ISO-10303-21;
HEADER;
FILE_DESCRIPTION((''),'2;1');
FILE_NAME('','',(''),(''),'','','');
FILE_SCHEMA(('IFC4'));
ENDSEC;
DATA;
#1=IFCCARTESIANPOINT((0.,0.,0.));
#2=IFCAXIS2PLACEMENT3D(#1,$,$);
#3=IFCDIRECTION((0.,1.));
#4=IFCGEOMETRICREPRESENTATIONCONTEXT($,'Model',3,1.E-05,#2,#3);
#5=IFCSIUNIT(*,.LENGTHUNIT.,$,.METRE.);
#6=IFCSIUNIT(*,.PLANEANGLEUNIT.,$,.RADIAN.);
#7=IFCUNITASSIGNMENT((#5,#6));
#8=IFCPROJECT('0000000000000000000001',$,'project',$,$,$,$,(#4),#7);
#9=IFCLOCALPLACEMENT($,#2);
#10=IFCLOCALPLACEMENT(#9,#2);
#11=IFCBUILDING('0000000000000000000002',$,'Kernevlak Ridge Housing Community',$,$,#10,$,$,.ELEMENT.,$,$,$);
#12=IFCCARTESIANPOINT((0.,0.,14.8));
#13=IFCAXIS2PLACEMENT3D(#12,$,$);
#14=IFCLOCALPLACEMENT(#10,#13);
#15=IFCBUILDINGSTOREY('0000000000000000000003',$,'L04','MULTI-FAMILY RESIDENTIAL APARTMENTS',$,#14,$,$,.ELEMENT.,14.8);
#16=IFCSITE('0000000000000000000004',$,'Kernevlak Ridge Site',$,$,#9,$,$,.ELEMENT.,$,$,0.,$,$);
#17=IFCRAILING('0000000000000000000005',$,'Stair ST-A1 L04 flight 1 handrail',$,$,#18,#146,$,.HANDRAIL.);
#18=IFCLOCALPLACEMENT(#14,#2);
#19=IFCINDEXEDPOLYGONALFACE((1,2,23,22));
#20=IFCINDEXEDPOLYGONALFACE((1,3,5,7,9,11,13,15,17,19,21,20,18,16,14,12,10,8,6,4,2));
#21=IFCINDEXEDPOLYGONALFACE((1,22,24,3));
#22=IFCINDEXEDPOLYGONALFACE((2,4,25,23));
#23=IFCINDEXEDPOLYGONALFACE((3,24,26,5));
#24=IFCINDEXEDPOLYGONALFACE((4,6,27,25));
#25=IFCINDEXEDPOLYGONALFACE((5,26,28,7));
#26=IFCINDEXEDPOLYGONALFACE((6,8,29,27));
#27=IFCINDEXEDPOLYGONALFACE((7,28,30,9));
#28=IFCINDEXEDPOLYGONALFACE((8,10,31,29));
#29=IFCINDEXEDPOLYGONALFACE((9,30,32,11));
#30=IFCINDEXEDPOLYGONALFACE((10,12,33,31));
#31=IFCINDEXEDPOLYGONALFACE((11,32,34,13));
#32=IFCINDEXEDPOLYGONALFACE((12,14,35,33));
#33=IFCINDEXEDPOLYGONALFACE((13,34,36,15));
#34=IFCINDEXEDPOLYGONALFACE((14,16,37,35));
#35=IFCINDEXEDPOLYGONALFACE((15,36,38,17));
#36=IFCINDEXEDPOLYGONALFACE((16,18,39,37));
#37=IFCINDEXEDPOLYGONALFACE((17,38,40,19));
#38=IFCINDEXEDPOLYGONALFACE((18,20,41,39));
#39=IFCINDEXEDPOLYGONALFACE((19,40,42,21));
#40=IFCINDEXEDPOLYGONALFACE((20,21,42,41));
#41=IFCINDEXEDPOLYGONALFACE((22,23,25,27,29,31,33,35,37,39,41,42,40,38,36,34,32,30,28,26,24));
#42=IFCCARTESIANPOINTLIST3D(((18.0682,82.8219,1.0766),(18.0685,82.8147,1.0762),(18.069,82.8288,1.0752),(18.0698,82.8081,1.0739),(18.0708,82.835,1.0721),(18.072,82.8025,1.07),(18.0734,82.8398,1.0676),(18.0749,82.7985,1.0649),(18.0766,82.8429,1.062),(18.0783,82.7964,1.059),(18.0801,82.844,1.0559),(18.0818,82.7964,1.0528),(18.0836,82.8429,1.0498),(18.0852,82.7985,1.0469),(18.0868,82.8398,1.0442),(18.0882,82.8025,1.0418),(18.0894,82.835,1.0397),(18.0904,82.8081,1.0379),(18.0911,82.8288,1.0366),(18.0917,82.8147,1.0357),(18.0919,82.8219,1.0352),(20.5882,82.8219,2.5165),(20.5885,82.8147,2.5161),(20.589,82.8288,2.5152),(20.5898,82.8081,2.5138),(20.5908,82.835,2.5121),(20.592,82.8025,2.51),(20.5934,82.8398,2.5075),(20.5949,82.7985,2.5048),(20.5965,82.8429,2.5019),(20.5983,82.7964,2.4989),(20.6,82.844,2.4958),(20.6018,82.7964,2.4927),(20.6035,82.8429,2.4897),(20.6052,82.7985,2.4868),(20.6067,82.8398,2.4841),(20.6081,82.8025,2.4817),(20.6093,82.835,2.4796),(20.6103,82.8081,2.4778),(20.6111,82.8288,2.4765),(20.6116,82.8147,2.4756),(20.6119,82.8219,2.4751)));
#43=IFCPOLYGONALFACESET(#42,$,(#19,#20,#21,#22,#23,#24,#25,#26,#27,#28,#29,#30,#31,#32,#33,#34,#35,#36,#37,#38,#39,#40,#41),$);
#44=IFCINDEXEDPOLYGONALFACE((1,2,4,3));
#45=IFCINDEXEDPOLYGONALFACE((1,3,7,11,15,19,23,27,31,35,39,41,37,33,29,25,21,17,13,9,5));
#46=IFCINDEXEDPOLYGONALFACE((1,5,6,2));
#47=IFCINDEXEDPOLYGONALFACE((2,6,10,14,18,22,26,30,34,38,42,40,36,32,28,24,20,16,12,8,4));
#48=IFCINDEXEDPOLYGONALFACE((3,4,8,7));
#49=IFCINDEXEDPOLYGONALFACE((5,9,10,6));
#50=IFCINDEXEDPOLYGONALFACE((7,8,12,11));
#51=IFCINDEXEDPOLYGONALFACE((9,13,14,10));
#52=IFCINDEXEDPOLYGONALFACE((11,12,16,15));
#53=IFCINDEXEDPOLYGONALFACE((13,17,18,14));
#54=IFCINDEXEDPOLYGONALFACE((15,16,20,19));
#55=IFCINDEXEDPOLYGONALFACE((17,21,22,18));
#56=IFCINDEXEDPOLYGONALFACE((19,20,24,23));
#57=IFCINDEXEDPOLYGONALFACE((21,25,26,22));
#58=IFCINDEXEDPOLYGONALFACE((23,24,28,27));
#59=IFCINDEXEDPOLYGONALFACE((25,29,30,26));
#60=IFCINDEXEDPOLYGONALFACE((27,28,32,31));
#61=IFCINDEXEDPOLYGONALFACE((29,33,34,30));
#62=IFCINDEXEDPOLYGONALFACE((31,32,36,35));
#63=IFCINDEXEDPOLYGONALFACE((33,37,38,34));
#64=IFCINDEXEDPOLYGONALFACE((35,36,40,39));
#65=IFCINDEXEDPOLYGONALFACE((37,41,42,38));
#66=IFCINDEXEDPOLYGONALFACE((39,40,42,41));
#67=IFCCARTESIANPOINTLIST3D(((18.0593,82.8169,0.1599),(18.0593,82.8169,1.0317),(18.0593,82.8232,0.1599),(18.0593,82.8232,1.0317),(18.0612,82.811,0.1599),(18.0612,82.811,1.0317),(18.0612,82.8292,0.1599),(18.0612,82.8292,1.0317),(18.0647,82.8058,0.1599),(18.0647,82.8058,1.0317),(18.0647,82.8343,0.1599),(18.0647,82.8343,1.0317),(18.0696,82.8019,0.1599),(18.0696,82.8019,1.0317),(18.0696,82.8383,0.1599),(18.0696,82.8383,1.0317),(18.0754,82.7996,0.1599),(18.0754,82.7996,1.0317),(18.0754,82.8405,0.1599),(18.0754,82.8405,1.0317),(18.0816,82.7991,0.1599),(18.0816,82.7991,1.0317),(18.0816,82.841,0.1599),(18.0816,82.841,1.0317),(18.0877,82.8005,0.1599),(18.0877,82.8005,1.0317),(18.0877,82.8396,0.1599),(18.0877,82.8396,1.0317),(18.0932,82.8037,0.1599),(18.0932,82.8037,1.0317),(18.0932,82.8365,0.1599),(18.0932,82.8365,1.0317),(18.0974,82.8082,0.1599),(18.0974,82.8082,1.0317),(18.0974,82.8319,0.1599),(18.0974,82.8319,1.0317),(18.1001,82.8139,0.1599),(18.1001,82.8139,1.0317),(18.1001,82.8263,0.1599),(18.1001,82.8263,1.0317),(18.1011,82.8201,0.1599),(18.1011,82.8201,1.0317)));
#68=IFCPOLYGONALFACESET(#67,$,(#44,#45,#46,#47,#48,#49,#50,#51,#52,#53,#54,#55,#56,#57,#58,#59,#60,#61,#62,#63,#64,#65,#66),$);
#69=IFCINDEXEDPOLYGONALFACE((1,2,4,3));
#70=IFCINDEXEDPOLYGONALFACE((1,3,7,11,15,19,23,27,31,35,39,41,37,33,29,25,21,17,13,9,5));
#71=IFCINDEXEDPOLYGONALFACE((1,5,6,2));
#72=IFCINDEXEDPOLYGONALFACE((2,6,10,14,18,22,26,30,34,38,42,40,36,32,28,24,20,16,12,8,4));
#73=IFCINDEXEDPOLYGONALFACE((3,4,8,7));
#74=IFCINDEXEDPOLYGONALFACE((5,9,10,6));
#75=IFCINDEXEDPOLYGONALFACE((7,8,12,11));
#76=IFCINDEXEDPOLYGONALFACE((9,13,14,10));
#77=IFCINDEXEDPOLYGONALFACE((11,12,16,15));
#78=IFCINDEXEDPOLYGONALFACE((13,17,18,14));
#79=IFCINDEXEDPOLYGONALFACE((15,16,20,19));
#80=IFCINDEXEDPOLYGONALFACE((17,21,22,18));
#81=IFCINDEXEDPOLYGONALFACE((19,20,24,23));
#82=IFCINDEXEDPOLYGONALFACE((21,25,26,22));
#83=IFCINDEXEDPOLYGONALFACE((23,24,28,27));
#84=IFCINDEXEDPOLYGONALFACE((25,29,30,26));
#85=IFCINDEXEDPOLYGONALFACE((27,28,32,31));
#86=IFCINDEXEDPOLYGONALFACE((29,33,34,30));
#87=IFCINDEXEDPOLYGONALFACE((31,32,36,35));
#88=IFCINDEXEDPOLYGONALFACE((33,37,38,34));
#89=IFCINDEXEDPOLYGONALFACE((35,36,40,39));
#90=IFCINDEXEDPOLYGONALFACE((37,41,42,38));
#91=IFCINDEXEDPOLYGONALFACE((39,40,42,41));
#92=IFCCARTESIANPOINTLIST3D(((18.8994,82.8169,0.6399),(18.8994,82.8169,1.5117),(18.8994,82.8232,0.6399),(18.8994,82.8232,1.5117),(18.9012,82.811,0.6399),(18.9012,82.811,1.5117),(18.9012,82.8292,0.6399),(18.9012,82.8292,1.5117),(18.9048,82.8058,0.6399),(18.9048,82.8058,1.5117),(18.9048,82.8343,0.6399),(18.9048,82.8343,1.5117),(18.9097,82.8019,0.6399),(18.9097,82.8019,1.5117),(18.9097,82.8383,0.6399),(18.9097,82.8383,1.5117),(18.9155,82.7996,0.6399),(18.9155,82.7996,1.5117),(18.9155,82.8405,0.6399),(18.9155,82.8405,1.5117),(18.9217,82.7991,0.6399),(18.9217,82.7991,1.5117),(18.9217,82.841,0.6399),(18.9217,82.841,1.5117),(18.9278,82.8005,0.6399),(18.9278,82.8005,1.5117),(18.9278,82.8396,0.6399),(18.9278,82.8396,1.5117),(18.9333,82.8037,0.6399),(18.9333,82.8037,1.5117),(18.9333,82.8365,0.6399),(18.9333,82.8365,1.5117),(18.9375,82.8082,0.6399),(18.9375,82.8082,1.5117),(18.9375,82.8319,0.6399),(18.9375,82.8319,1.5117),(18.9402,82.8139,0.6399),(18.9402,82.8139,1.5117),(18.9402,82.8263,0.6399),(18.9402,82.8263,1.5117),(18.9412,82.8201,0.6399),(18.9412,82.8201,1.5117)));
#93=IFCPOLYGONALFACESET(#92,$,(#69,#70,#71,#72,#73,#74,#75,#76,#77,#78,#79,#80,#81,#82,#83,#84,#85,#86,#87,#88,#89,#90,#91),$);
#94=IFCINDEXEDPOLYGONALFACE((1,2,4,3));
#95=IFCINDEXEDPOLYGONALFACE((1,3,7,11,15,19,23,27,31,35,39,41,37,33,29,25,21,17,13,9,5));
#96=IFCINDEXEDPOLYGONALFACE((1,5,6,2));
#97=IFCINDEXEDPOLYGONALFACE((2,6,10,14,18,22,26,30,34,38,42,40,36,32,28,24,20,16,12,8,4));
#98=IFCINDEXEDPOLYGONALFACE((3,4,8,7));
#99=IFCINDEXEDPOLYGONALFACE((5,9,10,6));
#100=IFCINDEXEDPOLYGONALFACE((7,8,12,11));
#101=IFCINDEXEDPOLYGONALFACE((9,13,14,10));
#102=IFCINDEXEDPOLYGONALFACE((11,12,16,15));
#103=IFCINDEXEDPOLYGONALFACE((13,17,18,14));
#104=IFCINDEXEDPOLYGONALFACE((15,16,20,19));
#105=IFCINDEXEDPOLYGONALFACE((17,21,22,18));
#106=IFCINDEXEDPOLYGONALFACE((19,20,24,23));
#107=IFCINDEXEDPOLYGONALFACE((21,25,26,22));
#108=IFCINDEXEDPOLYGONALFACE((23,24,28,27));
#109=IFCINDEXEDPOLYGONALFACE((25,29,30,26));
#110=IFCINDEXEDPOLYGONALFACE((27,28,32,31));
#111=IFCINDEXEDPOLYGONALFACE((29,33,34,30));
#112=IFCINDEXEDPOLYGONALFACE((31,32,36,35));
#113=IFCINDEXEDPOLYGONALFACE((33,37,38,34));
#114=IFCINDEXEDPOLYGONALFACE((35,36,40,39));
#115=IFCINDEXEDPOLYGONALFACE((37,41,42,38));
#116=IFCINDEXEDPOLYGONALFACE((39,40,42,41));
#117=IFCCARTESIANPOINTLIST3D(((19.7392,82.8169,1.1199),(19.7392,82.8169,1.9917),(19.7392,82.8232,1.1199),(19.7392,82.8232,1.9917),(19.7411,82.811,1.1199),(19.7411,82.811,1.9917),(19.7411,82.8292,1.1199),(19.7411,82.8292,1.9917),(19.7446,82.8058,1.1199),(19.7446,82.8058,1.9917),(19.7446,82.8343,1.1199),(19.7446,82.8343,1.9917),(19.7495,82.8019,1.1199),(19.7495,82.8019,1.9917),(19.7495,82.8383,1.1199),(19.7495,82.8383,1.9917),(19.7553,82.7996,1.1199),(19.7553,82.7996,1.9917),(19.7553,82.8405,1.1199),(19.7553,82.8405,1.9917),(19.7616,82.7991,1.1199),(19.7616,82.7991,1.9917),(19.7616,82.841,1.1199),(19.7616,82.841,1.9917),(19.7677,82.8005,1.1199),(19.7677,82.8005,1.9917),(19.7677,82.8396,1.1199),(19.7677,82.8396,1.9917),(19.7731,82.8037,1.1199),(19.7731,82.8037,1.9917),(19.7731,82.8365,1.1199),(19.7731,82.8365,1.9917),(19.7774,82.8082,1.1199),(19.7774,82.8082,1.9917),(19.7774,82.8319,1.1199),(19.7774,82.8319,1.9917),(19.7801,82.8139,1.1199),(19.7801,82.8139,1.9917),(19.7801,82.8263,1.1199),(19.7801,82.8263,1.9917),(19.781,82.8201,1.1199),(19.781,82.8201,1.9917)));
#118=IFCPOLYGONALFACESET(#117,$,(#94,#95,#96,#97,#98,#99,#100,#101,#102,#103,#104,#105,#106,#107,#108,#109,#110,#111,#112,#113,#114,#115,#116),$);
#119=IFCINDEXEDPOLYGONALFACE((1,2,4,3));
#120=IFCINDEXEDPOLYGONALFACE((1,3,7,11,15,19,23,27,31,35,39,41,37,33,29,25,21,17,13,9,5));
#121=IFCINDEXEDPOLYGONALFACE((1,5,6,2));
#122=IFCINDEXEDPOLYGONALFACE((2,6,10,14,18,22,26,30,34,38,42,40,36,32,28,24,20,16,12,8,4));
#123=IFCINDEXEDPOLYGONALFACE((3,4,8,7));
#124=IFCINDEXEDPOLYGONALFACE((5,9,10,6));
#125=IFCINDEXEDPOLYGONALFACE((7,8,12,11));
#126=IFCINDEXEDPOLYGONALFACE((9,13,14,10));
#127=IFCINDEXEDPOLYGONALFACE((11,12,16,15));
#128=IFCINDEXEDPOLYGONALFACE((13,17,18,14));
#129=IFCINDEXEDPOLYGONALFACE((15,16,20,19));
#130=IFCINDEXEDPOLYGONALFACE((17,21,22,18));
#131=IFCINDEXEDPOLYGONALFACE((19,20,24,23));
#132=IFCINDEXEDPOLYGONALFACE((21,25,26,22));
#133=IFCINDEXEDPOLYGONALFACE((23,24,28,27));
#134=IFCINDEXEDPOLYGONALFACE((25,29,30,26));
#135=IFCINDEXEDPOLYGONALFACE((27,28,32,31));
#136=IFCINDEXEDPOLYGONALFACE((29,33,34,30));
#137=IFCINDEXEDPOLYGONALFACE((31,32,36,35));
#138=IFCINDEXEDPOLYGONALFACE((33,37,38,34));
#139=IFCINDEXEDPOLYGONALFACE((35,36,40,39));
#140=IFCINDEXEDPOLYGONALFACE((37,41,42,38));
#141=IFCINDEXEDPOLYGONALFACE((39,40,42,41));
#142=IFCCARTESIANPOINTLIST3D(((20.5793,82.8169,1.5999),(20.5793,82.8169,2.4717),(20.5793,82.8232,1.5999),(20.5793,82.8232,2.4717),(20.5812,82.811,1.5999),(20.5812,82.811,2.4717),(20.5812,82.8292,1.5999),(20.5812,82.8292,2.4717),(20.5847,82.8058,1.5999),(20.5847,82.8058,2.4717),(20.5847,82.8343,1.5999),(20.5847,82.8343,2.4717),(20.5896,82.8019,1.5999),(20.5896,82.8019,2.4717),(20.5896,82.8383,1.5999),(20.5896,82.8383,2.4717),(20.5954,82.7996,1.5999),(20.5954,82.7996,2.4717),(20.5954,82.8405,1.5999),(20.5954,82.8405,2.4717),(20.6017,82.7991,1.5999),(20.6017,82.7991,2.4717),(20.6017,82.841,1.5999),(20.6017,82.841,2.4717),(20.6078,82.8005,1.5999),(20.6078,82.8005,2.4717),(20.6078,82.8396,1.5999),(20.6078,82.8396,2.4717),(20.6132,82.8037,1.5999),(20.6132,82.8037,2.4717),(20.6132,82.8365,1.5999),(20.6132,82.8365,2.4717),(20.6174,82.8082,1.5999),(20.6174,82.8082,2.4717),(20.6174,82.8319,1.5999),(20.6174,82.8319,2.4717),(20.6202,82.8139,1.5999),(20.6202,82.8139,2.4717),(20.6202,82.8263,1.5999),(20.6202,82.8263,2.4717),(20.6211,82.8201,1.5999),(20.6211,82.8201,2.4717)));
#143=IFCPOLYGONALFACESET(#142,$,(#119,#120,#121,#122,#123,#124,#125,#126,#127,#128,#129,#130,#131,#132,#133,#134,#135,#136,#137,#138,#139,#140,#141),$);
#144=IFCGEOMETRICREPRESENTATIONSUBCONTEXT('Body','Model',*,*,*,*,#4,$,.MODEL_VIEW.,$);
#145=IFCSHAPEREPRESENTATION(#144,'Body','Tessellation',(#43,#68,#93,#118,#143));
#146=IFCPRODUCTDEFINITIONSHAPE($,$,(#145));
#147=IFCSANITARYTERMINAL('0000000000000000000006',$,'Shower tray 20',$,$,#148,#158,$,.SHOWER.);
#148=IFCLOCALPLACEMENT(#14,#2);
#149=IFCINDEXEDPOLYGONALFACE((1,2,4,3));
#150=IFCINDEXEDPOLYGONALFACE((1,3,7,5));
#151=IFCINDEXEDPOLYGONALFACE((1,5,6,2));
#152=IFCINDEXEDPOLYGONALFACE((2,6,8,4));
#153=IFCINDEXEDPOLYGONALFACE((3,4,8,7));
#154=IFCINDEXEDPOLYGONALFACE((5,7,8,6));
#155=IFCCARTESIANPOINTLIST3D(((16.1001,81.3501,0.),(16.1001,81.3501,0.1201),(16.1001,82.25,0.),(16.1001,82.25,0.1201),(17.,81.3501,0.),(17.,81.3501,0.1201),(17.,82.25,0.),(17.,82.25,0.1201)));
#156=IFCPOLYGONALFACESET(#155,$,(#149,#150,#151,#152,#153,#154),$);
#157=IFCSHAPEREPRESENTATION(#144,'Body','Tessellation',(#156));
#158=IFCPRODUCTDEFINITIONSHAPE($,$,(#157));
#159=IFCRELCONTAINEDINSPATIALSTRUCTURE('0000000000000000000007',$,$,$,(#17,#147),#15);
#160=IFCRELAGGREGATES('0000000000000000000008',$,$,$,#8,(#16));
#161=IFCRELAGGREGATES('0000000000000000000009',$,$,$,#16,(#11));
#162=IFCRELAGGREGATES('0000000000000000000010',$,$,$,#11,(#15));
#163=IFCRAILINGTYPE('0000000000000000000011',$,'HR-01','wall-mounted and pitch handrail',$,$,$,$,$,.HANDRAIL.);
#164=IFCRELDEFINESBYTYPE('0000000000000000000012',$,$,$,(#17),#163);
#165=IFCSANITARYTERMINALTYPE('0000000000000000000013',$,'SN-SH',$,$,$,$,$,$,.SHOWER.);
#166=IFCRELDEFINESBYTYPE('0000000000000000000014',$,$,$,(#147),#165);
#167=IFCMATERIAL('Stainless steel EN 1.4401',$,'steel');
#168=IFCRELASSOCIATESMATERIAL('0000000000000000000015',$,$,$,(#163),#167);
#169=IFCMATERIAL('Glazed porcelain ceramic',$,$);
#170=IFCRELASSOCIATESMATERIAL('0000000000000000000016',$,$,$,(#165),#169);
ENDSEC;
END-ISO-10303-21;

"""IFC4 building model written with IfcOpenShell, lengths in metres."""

from ifc_helpers import new_model, si_unit, direction, frame, origin, origin_2d, place, context, subcontext, project, spatial, rectangle, circle, extrude, material, type_object, element, save


model = new_model("IFC4")

# Units and contexts
model_context = context("Model", 3, precision=1e-05, world=origin(), true_north=direction((0.0, 1.0)))
body_context = subcontext(model_context, "Body", "Model", "MODEL_VIEW")
ifc_project = project(units=[si_unit("LENGTHUNIT", "METRE"), si_unit("PLANEANGLEUNIT", "RADIAN")], contexts=[model_context])

# Site, building, storey
site_placement = place(None, origin())
site = spatial("IfcSite", under=ifc_project, at=site_placement, Name="Kernevlak Ridge Site", CompositionType="ELEMENT", RefElevation=0.0)
building_placement = place(site_placement, origin())
building = spatial("IfcBuilding", under=site, at=building_placement, Name="Kernevlak Ridge Housing Community", CompositionType="ELEMENT")
storey_placement = place(building_placement, frame((0.0, 0.0, 14.8)))
storey = spatial("IfcBuildingStorey", under=building, at=storey_placement, Name="L04", Description="MULTI-FAMILY RESIDENTIAL APARTMENTS", CompositionType="ELEMENT", Elevation=14.8)

# Shared definitions
ifc_material_1 = material(Name="Stainless steel EN 1.4401", Category="steel")

# Railing
railing_type_1 = type_object("IfcRailingType", Name="HR-01", Description="wall-mounted and pitch handrail", PredefinedType="HANDRAIL", material=ifc_material_1)
railing_1_placement = place(storey_placement, frame((18.0801, 82.8201, 0.1599)))
element("IfcRailing", 1, at=railing_1_placement, inside=storey, type_object=railing_type_1, Name="Stair ST-A1 L04 flight 1 handrail", PredefinedType="HANDRAIL", context=body_context, shape_type="SweptSolid", body=[
    extrude(circle(Radius=0.0239, at=origin_2d()), frame((0.0, 0.0, 0.896), z_axis=(0.868253, 0.0, 0.496121), x_axis=(0.0, 1.0, 0.0)), (0.0, 0.0, 1.0), 2.9023),
    extrude(circle(Radius=0.021, at=origin_2d()), origin(), (0.0, 0.0, 1.0), 0.8718),
    extrude(circle(Radius=0.021, at=origin_2d()), frame((0.8401, 0.0, 0.48)), (0.0, 0.0, 1.0), 0.8718),
    extrude(circle(Radius=0.021, at=origin_2d()), frame((1.6799, 0.0, 0.96)), (0.0, 0.0, 1.0), 0.8718),
    extrude(circle(Radius=0.021, at=origin_2d()), frame((2.52, 0.0, 1.4399)), (0.0, 0.0, 1.0), 0.8718),
])

# Sanitary terminal
ifc_material_2 = material(Name="Glazed porcelain ceramic")
sanitary_terminal_type = type_object("IfcSanitaryTerminalType", Name="SN-SH", PredefinedType="SHOWER", material=ifc_material_2)
sanitary_terminal_placement = place(storey_placement, frame((16.55, 81.8, 0.0), z_axis=(0.0, 0.0, 1.0), x_axis=(1.0, 0.0, 0.0)))
element("IfcSanitaryTerminal", 2, at=sanitary_terminal_placement, inside=storey, type_object=sanitary_terminal_type, Name="Shower tray 20", PredefinedType="SHOWER", context=body_context, shape_type="SweptSolid", body=[
    extrude(rectangle(XDim=0.8999, YDim=0.8999, at=origin_2d()), origin(), (0.0, 0.0, 1.0), 0.1201),
])

save(model, "model.ifc")
